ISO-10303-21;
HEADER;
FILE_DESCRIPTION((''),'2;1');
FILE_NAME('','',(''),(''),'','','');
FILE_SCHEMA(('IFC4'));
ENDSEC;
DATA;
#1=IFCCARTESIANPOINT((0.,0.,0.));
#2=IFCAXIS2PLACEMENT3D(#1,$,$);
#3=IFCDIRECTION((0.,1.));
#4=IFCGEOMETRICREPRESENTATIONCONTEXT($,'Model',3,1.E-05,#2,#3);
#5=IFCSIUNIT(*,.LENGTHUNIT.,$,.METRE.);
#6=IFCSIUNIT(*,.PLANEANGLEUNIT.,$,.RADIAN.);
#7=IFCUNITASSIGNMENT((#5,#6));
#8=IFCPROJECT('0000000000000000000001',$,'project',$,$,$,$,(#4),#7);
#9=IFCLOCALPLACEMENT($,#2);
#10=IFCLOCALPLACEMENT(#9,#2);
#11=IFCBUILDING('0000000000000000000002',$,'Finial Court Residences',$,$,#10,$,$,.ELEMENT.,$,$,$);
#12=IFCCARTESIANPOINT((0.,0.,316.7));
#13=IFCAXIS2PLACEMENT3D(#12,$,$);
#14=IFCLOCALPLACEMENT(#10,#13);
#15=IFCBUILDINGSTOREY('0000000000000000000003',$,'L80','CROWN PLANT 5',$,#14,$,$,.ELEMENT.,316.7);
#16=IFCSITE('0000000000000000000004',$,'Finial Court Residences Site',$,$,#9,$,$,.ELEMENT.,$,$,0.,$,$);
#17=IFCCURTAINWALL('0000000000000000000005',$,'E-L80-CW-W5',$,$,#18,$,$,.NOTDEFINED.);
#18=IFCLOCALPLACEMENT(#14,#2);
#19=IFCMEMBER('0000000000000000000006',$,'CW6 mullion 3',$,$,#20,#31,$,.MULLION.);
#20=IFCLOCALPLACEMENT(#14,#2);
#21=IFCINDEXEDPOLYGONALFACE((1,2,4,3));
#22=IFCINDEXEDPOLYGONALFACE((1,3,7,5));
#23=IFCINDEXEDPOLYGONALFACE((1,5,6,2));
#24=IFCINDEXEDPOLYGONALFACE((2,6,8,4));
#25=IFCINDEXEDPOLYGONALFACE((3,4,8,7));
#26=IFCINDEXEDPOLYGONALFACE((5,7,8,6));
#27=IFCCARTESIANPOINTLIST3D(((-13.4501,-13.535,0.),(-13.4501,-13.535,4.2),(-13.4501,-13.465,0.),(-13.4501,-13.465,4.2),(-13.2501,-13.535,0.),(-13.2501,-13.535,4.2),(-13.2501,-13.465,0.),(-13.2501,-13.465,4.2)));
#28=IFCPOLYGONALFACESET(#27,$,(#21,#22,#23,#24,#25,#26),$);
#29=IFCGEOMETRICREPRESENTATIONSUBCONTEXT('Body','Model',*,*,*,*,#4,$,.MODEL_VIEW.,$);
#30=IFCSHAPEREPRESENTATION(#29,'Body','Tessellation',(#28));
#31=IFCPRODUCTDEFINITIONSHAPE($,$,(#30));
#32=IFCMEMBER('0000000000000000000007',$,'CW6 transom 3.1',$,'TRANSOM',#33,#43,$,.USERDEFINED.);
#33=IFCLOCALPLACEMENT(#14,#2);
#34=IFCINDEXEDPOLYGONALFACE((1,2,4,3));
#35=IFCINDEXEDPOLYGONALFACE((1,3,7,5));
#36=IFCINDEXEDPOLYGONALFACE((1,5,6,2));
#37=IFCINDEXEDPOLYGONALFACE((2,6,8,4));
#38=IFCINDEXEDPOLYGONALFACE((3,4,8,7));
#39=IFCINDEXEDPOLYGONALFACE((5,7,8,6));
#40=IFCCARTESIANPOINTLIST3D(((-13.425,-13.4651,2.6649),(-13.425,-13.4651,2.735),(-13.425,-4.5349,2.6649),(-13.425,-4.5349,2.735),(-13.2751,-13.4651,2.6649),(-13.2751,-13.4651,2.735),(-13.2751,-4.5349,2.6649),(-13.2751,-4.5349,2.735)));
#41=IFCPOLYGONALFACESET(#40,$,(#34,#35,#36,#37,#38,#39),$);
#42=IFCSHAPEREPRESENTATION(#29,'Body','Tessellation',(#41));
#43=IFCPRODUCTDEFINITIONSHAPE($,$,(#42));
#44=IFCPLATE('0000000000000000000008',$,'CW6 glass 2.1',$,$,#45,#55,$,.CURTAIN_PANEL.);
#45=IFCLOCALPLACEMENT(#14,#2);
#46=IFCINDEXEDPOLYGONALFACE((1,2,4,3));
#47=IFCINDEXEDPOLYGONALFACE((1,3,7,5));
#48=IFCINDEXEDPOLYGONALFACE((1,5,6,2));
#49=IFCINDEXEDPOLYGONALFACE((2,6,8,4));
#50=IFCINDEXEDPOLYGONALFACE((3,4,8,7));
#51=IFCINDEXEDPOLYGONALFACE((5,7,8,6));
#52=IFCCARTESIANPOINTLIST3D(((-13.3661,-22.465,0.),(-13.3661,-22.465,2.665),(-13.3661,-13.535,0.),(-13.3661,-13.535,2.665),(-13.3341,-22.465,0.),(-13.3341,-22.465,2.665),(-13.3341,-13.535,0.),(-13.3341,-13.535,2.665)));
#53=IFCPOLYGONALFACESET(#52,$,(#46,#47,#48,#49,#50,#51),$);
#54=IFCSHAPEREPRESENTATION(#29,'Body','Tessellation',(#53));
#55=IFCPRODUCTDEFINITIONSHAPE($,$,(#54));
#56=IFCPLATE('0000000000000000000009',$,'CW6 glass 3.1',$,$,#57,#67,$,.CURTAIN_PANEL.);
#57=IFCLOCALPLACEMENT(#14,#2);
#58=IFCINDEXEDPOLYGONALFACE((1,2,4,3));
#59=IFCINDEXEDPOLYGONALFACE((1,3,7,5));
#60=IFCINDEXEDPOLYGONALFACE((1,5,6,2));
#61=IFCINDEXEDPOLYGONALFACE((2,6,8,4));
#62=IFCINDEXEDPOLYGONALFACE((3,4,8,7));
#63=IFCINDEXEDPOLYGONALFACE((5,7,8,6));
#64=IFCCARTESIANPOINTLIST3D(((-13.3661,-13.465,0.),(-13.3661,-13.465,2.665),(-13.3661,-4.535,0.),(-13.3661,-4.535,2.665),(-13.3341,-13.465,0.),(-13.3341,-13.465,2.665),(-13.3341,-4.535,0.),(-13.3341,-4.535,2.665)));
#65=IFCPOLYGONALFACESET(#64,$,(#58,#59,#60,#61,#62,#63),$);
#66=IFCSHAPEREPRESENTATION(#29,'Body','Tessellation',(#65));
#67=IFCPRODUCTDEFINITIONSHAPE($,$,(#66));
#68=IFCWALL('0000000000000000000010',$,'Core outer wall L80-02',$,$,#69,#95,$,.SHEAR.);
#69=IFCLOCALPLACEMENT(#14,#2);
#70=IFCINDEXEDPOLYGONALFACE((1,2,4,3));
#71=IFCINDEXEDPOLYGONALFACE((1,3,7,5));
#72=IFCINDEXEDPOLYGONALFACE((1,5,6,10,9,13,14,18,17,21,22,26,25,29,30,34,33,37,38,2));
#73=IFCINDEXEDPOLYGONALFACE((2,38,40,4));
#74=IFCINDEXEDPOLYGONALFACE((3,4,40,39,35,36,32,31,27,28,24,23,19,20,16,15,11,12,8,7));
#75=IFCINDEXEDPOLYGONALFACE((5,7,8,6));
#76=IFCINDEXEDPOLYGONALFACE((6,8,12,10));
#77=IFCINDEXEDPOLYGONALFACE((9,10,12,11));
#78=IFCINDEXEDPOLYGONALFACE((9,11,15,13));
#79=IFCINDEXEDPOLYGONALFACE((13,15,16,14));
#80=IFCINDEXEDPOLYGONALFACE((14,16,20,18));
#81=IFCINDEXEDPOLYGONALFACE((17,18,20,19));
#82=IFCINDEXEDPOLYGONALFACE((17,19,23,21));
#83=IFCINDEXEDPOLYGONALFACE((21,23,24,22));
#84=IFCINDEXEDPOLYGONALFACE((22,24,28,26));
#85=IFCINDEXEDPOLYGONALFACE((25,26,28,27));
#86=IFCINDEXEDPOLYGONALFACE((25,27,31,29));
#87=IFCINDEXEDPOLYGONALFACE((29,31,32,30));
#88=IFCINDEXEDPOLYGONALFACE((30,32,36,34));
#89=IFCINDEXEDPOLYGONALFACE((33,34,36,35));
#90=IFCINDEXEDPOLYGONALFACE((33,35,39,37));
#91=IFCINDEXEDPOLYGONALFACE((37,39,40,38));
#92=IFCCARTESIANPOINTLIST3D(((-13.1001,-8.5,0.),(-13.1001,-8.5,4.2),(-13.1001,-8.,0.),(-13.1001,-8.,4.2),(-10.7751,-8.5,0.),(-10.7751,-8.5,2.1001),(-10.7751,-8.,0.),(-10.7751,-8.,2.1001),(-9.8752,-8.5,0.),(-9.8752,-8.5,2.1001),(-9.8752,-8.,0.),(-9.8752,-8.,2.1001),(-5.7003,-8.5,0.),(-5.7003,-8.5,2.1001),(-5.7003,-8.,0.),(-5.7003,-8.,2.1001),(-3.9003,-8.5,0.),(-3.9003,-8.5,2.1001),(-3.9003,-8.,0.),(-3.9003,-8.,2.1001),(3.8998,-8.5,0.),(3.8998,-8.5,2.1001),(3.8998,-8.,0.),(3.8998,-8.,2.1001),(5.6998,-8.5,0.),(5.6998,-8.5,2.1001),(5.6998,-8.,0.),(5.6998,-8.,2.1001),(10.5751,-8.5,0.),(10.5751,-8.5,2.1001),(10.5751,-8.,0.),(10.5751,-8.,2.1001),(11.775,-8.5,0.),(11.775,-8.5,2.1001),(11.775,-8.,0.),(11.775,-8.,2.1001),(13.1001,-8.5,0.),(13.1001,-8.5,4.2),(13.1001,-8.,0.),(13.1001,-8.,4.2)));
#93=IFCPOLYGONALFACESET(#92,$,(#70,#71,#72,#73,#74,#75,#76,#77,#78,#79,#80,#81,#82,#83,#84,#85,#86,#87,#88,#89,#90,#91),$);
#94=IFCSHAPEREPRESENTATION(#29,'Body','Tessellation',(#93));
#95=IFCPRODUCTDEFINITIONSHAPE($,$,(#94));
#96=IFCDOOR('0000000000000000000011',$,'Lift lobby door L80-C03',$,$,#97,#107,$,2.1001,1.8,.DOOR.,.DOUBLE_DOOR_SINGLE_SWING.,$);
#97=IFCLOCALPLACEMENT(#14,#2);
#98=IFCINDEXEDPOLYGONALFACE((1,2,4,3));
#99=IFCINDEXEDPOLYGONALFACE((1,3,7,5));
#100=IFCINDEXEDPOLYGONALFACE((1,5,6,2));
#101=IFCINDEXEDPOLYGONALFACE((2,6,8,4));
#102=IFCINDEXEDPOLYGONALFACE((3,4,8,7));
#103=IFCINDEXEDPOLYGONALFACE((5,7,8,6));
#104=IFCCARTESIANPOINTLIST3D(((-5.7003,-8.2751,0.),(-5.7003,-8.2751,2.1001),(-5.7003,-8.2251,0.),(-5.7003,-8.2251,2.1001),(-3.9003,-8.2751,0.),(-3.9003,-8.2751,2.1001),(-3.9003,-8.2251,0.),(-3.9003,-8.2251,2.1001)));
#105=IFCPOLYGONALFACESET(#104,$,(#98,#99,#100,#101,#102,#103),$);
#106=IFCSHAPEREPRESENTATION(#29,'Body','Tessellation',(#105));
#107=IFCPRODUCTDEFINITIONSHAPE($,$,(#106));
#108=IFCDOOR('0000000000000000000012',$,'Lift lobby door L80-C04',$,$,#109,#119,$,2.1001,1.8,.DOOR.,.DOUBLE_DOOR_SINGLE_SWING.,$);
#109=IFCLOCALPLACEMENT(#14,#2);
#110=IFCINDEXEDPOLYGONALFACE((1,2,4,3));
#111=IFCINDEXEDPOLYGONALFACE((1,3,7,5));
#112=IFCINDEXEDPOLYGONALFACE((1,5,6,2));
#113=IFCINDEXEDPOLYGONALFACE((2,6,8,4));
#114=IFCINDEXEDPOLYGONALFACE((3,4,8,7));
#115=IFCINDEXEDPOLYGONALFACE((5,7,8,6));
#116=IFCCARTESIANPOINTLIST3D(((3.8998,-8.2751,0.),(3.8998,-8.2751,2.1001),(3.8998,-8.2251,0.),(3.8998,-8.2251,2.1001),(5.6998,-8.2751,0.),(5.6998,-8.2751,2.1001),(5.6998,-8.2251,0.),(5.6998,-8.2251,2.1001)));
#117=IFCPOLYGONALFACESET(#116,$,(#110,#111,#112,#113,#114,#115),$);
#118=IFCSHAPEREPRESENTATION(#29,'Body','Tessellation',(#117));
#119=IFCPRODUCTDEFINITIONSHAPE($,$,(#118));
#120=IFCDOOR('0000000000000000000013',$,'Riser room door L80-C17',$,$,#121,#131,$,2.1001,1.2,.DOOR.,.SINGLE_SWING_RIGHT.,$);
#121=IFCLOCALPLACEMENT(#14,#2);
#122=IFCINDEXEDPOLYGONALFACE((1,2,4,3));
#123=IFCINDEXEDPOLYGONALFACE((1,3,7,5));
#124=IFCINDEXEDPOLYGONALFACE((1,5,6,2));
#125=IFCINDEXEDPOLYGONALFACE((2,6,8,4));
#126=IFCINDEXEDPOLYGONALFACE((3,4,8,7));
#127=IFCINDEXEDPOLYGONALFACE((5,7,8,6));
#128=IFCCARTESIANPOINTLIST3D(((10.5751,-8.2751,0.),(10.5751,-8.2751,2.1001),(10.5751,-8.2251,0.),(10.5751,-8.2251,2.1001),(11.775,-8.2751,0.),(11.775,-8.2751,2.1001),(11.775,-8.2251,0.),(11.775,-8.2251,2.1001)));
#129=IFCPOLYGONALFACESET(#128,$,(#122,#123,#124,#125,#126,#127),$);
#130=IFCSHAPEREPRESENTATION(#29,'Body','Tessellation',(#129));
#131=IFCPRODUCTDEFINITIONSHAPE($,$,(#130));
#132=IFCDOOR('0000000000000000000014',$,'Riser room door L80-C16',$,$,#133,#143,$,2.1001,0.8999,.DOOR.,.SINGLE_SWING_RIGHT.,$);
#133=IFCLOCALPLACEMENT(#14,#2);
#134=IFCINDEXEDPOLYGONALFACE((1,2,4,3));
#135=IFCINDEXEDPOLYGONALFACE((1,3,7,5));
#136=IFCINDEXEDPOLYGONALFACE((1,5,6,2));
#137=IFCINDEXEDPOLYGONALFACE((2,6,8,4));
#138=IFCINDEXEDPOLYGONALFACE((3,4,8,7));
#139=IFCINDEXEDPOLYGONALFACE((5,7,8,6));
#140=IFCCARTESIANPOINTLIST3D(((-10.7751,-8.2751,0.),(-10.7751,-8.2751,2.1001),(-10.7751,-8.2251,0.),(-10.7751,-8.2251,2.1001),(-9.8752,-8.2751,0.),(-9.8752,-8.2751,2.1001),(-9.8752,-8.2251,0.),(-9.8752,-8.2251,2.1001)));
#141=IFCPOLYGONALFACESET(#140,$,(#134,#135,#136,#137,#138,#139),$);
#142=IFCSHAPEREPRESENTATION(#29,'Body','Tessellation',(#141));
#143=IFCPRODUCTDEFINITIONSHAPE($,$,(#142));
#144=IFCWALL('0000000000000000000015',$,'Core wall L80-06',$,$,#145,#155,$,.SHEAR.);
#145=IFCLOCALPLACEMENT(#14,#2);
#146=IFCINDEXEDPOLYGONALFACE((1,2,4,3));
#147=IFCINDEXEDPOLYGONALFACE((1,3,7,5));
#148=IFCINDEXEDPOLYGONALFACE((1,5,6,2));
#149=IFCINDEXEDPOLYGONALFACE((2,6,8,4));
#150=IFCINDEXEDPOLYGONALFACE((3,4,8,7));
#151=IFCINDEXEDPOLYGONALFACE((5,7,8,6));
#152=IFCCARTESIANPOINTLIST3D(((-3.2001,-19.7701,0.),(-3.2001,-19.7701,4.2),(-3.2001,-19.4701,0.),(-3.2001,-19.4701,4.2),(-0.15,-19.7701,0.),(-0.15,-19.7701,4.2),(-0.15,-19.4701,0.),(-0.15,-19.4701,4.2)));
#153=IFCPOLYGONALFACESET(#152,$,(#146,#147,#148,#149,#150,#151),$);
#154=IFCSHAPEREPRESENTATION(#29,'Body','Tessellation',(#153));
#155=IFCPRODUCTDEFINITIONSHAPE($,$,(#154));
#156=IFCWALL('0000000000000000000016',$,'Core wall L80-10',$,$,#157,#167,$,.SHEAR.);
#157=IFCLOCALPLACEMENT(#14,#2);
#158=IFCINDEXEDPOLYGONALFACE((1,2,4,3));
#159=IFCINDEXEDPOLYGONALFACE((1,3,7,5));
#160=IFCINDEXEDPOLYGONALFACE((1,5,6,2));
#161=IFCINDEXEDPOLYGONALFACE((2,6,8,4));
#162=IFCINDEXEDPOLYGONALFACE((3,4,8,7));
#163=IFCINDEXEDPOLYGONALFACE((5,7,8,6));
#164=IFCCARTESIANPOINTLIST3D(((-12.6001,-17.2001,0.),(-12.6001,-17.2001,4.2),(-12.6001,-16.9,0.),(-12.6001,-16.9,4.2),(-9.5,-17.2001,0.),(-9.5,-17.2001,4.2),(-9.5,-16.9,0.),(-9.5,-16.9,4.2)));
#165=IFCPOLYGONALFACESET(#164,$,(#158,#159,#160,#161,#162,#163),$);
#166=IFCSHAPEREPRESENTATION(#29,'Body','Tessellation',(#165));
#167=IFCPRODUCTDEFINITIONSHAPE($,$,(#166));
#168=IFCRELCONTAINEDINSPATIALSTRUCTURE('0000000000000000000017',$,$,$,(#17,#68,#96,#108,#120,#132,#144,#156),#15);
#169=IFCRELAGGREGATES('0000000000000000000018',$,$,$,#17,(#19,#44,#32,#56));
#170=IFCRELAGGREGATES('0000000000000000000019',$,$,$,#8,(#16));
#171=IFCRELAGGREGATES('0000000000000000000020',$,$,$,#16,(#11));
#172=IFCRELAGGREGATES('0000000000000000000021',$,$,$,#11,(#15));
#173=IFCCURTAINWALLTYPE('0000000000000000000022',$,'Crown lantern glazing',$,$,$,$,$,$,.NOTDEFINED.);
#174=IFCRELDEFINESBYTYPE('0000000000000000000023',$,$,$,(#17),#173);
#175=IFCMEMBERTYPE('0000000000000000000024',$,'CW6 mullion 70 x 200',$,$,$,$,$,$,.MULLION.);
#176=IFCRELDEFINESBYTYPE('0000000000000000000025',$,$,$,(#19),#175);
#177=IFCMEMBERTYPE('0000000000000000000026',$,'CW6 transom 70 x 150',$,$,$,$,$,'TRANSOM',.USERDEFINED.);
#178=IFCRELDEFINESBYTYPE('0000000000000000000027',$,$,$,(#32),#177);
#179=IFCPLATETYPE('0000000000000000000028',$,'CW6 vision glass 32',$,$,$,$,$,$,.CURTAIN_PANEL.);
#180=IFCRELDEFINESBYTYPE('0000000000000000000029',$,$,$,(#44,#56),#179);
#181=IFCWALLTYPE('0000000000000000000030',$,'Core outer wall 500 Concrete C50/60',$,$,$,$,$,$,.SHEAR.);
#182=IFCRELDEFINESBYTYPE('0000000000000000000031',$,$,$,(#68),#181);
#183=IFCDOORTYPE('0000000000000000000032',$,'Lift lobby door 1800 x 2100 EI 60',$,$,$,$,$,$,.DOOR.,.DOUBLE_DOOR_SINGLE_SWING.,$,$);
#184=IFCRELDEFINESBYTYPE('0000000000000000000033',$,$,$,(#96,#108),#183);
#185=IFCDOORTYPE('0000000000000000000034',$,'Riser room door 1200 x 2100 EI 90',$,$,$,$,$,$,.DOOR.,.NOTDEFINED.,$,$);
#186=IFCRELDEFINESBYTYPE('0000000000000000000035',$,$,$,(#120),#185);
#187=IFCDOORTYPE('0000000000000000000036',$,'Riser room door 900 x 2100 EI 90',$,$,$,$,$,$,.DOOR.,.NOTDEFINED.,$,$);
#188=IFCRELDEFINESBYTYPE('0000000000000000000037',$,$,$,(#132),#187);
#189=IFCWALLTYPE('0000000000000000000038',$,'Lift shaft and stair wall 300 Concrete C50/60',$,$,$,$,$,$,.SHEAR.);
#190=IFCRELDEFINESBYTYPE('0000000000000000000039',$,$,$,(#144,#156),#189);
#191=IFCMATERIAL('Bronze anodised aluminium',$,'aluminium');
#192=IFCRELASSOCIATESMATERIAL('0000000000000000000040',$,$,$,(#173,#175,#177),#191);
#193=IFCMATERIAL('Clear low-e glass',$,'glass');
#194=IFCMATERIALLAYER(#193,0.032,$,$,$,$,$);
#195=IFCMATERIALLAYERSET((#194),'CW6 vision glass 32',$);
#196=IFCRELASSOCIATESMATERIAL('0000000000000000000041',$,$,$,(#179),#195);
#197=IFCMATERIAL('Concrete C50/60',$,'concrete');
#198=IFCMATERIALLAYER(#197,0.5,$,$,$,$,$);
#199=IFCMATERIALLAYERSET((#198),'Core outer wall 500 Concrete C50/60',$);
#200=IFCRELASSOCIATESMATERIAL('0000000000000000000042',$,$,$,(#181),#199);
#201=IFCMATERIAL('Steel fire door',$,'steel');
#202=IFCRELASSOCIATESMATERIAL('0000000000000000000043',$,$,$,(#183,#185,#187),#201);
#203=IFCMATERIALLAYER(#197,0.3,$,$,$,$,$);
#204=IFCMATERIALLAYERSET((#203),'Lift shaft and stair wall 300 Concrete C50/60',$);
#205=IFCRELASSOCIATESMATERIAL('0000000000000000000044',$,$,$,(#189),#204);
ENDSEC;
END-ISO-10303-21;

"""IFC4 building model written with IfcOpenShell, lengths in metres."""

from ifc_helpers import new_model, si_unit, direction, frame, frame_2d, origin, origin_2d, place, context, subcontext, project, spatial, rectangle, extrude, material, layer, layer_set, material_profile, profile_set, type_object, element, fill, aggregate, save


model = new_model("IFC4")

# Units and contexts
model_context = context("Model", 3, precision=1e-05, world=origin(), true_north=direction((0.0, 1.0)))
body_context = subcontext(model_context, "Body", "Model", "MODEL_VIEW")
ifc_project = project(units=[si_unit("LENGTHUNIT", "METRE"), si_unit("PLANEANGLEUNIT", "RADIAN")], contexts=[model_context])

# Site, building, storey
site_placement = place(None, origin())
site = spatial("IfcSite", under=ifc_project, at=site_placement, Name="Finial Court Residences Site", CompositionType="ELEMENT", RefElevation=0.0)
building_placement = place(site_placement, origin())
building = spatial("IfcBuilding", under=site, at=building_placement, Name="Finial Court Residences", CompositionType="ELEMENT")
storey_placement = place(building_placement, frame((0.0, 0.0, 316.7)))
storey = spatial("IfcBuildingStorey", under=building, at=storey_placement, Name="L80", Description="CROWN PLANT 5", CompositionType="ELEMENT", Elevation=316.7)

# Curtain wall, members, plates
ifc_material_1 = material(Name="Bronze anodised aluminium", Category="aluminium")
curtain_wall_type = type_object("IfcCurtainWallType", Name="Crown lantern glazing", PredefinedType="NOTDEFINED", material=ifc_material_1)
curtain_wall_placement = place(storey_placement, origin())
curtain_wall = element("IfcCurtainWall", 1, at=curtain_wall_placement, inside=storey, type_object=curtain_wall_type, Name="E-L80-CW-W5", PredefinedType="NOTDEFINED")
ifc_material_profile_1 = material_profile(ifc_material_1, rectangle(XDim=0.2, YDim=0.0701, at=origin_2d()), Name="CW6 mullion 70 x 200")
ifc_profile_set_1 = profile_set([ifc_material_profile_1], Name="Bronze anodised aluminium")
member_type_1 = type_object("IfcMemberType", Name="CW6 mullion 70 x 200", PredefinedType="MULLION", material=ifc_profile_set_1)
member_1_placement = place(storey_placement, frame((-13.3501, -13.5, 0.0), z_axis=(0.0, 0.0, 1.0), x_axis=(-1.0, 0.0, 0.0)))
member_1 = element("IfcMember", 2, at=member_1_placement, type_object=member_type_1, Name="CW6 mullion 3", PredefinedType="MULLION", context=body_context, shape_type="SweptSolid", body=[
    extrude(rectangle(XDim=0.2, YDim=0.0701, at=origin_2d()), origin(), (0.0, 0.0, 1.0), 4.2),
])
ifc_material_profile_2 = material_profile(ifc_material_1, rectangle(XDim=0.1499, YDim=0.0701, at=origin_2d()), Name="CW6 transom 70 x 150")
ifc_profile_set_2 = profile_set([ifc_material_profile_2], Name="Bronze anodised aluminium")
member_type_2 = type_object("IfcMemberType", Name="CW6 transom 70 x 150", ElementType="TRANSOM", PredefinedType="USERDEFINED", material=ifc_profile_set_2)
member_2_placement = place(storey_placement, frame((-13.3501, -13.4651, 2.7), z_axis=(0.0, 1.0, 0.0), x_axis=(-1.0, 0.0, 0.0)))
member_2 = element("IfcMember", 3, at=member_2_placement, type_object=member_type_2, Name="CW6 transom 3.1", ObjectType="TRANSOM", PredefinedType="USERDEFINED", context=body_context, shape_type="SweptSolid", body=[
    extrude(rectangle(XDim=0.1499, YDim=0.0701, at=origin_2d()), origin(), (0.0, 0.0, 1.0), 8.9302),
])
ifc_material_2 = material(Name="Clear low-e glass", Category="glass")
ifc_layer_1 = layer(ifc_material_2, 0.032)
ifc_layer_set_1 = layer_set([ifc_layer_1], Name="CW6 vision glass 32")
plate_type = type_object("IfcPlateType", Name="CW6 vision glass 32", PredefinedType="CURTAIN_PANEL", material=ifc_layer_set_1)
plate_1_placement = place(storey_placement, frame((-13.3501, -18.0, 0.0), z_axis=(0.0, 0.0, 1.0), x_axis=(0.0, 1.0, 0.0)))
plate_1 = element("IfcPlate", 4, at=plate_1_placement, type_object=plate_type, Name="CW6 glass 2.1", PredefinedType="CURTAIN_PANEL", context=body_context, shape_type="SweptSolid", body=[
    extrude(rectangle(XDim=8.9299, YDim=0.032, at=origin_2d()), origin(), (0.0, 0.0, 1.0), 2.665),
])
plate_2_placement = place(storey_placement, frame((-13.3501, -9.0, 0.0), z_axis=(0.0, 0.0, 1.0), x_axis=(0.0, 1.0, 0.0)))
plate_2 = element("IfcPlate", 5, at=plate_2_placement, type_object=plate_type, Name="CW6 glass 3.1", PredefinedType="CURTAIN_PANEL", context=body_context, shape_type="SweptSolid", body=[
    extrude(rectangle(XDim=8.9299, YDim=0.032, at=origin_2d()), origin(), (0.0, 0.0, 1.0), 2.665),
])

# Wall, openings, doors
ifc_material_3 = material(Name="Concrete C50/60", Category="concrete")
ifc_layer_2 = layer(ifc_material_3, 0.5)
ifc_layer_set_2 = layer_set([ifc_layer_2], Name="Core outer wall 500 Concrete C50/60")
wall_type_1 = type_object("IfcWallType", Name="Core outer wall 500 Concrete C50/60", PredefinedType="SHEAR", material=ifc_layer_set_2)
wall_1_placement = place(storey_placement, frame((-13.1001, -8.25, 0.0), z_axis=(0.0, 0.0, 1.0), x_axis=(1.0, 0.0, 0.0)))
wall_1 = element("IfcWall", 6, at=wall_1_placement, inside=storey, type_object=wall_type_1, Name="Core outer wall L80-02", PredefinedType="SHEAR", context=body_context, shape_type="SweptSolid", body=[
    extrude(rectangle(XDim=26.2002, YDim=0.5, at=frame_2d((13.1001, 0.0))), origin(), (0.0, 0.0, 1.0), 4.2),
])
opening_1_placement = place(wall_1_placement, frame((7.3999, 0.0, 0.0)))
opening_1 = element("IfcOpeningElement", 7, at=opening_1_placement, cuts=wall_1, PredefinedType="OPENING", context=body_context, shape_type="SweptSolid", body=[
    extrude(rectangle(XDim=1.8, YDim=2.1001, at=frame_2d((0.8999, 1.05))), frame((0.0, 0.26, 0.0), z_axis=(0.0, -1.0, 0.0), x_axis=(1.0, 0.0, 0.0)), (0.0, 0.0, 1.0), 0.52),
])
opening_2_placement = place(wall_1_placement, frame((17.0, 0.0, 0.0)))
opening_2 = element("IfcOpeningElement", 8, at=opening_2_placement, cuts=wall_1, PredefinedType="OPENING", context=body_context, shape_type="SweptSolid", body=[
    extrude(rectangle(XDim=1.8, YDim=2.1001, at=frame_2d((0.8999, 1.05))), frame((0.0, 0.26, 0.0), z_axis=(0.0, -1.0, 0.0), x_axis=(1.0, 0.0, 0.0)), (0.0, 0.0, 1.0), 0.52),
])
opening_3_placement = place(wall_1_placement, frame((2.325, 0.0, 0.0)))
opening_3 = element("IfcOpeningElement", 9, at=opening_3_placement, cuts=wall_1, PredefinedType="OPENING", context=body_context, shape_type="SweptSolid", body=[
    extrude(rectangle(XDim=0.8999, YDim=2.1001, at=frame_2d((0.45, 1.05))), frame((0.0, 0.26, 0.0), z_axis=(0.0, -1.0, 0.0), x_axis=(1.0, 0.0, 0.0)), (0.0, 0.0, 1.0), 0.52),
])
opening_4_placement = place(wall_1_placement, frame((23.675, 0.0, 0.0)))
opening_4 = element("IfcOpeningElement", 10, at=opening_4_placement, cuts=wall_1, PredefinedType="OPENING", context=body_context, shape_type="SweptSolid", body=[
    extrude(rectangle(XDim=1.2, YDim=2.1001, at=frame_2d((0.6001, 1.05))), frame((0.0, 0.26, 0.0), z_axis=(0.0, -1.0, 0.0), x_axis=(1.0, 0.0, 0.0)), (0.0, 0.0, 1.0), 0.52),
])
ifc_material_4 = material(Name="Steel fire door", Category="steel")
door_type_1 = type_object("IfcDoorType", Name="Lift lobby door 1800 x 2100 EI 60", OperationType="DOUBLE_DOOR_SINGLE_SWING", PredefinedType="DOOR", material=ifc_material_4)
door_1_placement = place(opening_1_placement, origin())
door_1 = element("IfcDoor", 11, at=door_1_placement, inside=storey, type_object=door_type_1, Name="Lift lobby door L80-C03", OperationType="DOUBLE_DOOR_SINGLE_SWING", OverallHeight=2.1001, OverallWidth=1.8, PredefinedType="DOOR", context=body_context, shape_type="SweptSolid", body=[
    extrude(rectangle(XDim=1.8, YDim=2.1001, at=frame_2d((0.8999, 1.05))), frame((0.0, 0.0249, 0.0), z_axis=(0.0, -1.0, 0.0), x_axis=(1.0, 0.0, 0.0)), (0.0, 0.0, 1.0), 0.05),
])
fill(opening_1, door_1)
door_2_placement = place(opening_2_placement, origin())
door_2 = element("IfcDoor", 12, at=door_2_placement, inside=storey, type_object=door_type_1, Name="Lift lobby door L80-C04", OperationType="DOUBLE_DOOR_SINGLE_SWING", OverallHeight=2.1001, OverallWidth=1.8, PredefinedType="DOOR", context=body_context, shape_type="SweptSolid", body=[
    extrude(rectangle(XDim=1.8, YDim=2.1001, at=frame_2d((0.8999, 1.05))), frame((0.0, 0.0249, 0.0), z_axis=(0.0, -1.0, 0.0), x_axis=(1.0, 0.0, 0.0)), (0.0, 0.0, 1.0), 0.05),
])
fill(opening_2, door_2)
door_type_2 = type_object("IfcDoorType", Name="Riser room door 1200 x 2100 EI 90", OperationType="NOTDEFINED", PredefinedType="DOOR", material=ifc_material_4)
door_3_placement = place(opening_4_placement, origin())
door_3 = element("IfcDoor", 13, at=door_3_placement, inside=storey, type_object=door_type_2, Name="Riser room door L80-C17", OperationType="SINGLE_SWING_RIGHT", OverallHeight=2.1001, OverallWidth=1.2, PredefinedType="DOOR", context=body_context, shape_type="SweptSolid", body=[
    extrude(rectangle(XDim=1.2, YDim=2.1001, at=frame_2d((0.6001, 1.05))), frame((0.0, 0.0249, 0.0), z_axis=(0.0, -1.0, 0.0), x_axis=(1.0, 0.0, 0.0)), (0.0, 0.0, 1.0), 0.05),
])
fill(opening_4, door_3)
door_type_3 = type_object("IfcDoorType", Name="Riser room door 900 x 2100 EI 90", OperationType="NOTDEFINED", PredefinedType="DOOR", material=ifc_material_4)
door_4_placement = place(opening_3_placement, origin())
door_4 = element("IfcDoor", 14, at=door_4_placement, inside=storey, type_object=door_type_3, Name="Riser room door L80-C16", OperationType="SINGLE_SWING_RIGHT", OverallHeight=2.1001, OverallWidth=0.8999, PredefinedType="DOOR", context=body_context, shape_type="SweptSolid", body=[
    extrude(rectangle(XDim=0.8999, YDim=2.1001, at=frame_2d((0.45, 1.05))), frame((0.0, 0.0249, 0.0), z_axis=(0.0, -1.0, 0.0), x_axis=(1.0, 0.0, 0.0)), (0.0, 0.0, 1.0), 0.05),
])
fill(opening_3, door_4)

# Walls
ifc_layer_3 = layer(ifc_material_3, 0.3)
ifc_layer_set_3 = layer_set([ifc_layer_3], Name="Lift shaft and stair wall 300 Concrete C50/60")
wall_type_2 = type_object("IfcWallType", Name="Lift shaft and stair wall 300 Concrete C50/60", PredefinedType="SHEAR", material=ifc_layer_set_3)
wall_2_placement = place(storey_placement, frame((-3.2, -19.6201, 0.0), z_axis=(0.0, 0.0, 1.0), x_axis=(1.0, 0.0, 0.0)))
element("IfcWall", 15, at=wall_2_placement, inside=storey, type_object=wall_type_2, Name="Core wall L80-06", PredefinedType="SHEAR", context=body_context, shape_type="SweptSolid", body=[
    extrude(rectangle(XDim=3.05, YDim=0.3, at=frame_2d((1.5249, 0.0))), origin(), (0.0, 0.0, 1.0), 4.2),
])
wall_3_placement = place(storey_placement, frame((-12.6001, -17.05, 0.0), z_axis=(0.0, 0.0, 1.0), x_axis=(1.0, 0.0, 0.0)))
element("IfcWall", 16, at=wall_3_placement, inside=storey, type_object=wall_type_2, Name="Core wall L80-10", PredefinedType="SHEAR", context=body_context, shape_type="SweptSolid", body=[
    extrude(rectangle(XDim=3.1001, YDim=0.3, at=frame_2d((1.55, 0.0))), origin(), (0.0, 0.0, 1.0), 4.2),
])

aggregate(curtain_wall, [member_1, plate_1, member_2, plate_2])

save(model, "model.ifc")
